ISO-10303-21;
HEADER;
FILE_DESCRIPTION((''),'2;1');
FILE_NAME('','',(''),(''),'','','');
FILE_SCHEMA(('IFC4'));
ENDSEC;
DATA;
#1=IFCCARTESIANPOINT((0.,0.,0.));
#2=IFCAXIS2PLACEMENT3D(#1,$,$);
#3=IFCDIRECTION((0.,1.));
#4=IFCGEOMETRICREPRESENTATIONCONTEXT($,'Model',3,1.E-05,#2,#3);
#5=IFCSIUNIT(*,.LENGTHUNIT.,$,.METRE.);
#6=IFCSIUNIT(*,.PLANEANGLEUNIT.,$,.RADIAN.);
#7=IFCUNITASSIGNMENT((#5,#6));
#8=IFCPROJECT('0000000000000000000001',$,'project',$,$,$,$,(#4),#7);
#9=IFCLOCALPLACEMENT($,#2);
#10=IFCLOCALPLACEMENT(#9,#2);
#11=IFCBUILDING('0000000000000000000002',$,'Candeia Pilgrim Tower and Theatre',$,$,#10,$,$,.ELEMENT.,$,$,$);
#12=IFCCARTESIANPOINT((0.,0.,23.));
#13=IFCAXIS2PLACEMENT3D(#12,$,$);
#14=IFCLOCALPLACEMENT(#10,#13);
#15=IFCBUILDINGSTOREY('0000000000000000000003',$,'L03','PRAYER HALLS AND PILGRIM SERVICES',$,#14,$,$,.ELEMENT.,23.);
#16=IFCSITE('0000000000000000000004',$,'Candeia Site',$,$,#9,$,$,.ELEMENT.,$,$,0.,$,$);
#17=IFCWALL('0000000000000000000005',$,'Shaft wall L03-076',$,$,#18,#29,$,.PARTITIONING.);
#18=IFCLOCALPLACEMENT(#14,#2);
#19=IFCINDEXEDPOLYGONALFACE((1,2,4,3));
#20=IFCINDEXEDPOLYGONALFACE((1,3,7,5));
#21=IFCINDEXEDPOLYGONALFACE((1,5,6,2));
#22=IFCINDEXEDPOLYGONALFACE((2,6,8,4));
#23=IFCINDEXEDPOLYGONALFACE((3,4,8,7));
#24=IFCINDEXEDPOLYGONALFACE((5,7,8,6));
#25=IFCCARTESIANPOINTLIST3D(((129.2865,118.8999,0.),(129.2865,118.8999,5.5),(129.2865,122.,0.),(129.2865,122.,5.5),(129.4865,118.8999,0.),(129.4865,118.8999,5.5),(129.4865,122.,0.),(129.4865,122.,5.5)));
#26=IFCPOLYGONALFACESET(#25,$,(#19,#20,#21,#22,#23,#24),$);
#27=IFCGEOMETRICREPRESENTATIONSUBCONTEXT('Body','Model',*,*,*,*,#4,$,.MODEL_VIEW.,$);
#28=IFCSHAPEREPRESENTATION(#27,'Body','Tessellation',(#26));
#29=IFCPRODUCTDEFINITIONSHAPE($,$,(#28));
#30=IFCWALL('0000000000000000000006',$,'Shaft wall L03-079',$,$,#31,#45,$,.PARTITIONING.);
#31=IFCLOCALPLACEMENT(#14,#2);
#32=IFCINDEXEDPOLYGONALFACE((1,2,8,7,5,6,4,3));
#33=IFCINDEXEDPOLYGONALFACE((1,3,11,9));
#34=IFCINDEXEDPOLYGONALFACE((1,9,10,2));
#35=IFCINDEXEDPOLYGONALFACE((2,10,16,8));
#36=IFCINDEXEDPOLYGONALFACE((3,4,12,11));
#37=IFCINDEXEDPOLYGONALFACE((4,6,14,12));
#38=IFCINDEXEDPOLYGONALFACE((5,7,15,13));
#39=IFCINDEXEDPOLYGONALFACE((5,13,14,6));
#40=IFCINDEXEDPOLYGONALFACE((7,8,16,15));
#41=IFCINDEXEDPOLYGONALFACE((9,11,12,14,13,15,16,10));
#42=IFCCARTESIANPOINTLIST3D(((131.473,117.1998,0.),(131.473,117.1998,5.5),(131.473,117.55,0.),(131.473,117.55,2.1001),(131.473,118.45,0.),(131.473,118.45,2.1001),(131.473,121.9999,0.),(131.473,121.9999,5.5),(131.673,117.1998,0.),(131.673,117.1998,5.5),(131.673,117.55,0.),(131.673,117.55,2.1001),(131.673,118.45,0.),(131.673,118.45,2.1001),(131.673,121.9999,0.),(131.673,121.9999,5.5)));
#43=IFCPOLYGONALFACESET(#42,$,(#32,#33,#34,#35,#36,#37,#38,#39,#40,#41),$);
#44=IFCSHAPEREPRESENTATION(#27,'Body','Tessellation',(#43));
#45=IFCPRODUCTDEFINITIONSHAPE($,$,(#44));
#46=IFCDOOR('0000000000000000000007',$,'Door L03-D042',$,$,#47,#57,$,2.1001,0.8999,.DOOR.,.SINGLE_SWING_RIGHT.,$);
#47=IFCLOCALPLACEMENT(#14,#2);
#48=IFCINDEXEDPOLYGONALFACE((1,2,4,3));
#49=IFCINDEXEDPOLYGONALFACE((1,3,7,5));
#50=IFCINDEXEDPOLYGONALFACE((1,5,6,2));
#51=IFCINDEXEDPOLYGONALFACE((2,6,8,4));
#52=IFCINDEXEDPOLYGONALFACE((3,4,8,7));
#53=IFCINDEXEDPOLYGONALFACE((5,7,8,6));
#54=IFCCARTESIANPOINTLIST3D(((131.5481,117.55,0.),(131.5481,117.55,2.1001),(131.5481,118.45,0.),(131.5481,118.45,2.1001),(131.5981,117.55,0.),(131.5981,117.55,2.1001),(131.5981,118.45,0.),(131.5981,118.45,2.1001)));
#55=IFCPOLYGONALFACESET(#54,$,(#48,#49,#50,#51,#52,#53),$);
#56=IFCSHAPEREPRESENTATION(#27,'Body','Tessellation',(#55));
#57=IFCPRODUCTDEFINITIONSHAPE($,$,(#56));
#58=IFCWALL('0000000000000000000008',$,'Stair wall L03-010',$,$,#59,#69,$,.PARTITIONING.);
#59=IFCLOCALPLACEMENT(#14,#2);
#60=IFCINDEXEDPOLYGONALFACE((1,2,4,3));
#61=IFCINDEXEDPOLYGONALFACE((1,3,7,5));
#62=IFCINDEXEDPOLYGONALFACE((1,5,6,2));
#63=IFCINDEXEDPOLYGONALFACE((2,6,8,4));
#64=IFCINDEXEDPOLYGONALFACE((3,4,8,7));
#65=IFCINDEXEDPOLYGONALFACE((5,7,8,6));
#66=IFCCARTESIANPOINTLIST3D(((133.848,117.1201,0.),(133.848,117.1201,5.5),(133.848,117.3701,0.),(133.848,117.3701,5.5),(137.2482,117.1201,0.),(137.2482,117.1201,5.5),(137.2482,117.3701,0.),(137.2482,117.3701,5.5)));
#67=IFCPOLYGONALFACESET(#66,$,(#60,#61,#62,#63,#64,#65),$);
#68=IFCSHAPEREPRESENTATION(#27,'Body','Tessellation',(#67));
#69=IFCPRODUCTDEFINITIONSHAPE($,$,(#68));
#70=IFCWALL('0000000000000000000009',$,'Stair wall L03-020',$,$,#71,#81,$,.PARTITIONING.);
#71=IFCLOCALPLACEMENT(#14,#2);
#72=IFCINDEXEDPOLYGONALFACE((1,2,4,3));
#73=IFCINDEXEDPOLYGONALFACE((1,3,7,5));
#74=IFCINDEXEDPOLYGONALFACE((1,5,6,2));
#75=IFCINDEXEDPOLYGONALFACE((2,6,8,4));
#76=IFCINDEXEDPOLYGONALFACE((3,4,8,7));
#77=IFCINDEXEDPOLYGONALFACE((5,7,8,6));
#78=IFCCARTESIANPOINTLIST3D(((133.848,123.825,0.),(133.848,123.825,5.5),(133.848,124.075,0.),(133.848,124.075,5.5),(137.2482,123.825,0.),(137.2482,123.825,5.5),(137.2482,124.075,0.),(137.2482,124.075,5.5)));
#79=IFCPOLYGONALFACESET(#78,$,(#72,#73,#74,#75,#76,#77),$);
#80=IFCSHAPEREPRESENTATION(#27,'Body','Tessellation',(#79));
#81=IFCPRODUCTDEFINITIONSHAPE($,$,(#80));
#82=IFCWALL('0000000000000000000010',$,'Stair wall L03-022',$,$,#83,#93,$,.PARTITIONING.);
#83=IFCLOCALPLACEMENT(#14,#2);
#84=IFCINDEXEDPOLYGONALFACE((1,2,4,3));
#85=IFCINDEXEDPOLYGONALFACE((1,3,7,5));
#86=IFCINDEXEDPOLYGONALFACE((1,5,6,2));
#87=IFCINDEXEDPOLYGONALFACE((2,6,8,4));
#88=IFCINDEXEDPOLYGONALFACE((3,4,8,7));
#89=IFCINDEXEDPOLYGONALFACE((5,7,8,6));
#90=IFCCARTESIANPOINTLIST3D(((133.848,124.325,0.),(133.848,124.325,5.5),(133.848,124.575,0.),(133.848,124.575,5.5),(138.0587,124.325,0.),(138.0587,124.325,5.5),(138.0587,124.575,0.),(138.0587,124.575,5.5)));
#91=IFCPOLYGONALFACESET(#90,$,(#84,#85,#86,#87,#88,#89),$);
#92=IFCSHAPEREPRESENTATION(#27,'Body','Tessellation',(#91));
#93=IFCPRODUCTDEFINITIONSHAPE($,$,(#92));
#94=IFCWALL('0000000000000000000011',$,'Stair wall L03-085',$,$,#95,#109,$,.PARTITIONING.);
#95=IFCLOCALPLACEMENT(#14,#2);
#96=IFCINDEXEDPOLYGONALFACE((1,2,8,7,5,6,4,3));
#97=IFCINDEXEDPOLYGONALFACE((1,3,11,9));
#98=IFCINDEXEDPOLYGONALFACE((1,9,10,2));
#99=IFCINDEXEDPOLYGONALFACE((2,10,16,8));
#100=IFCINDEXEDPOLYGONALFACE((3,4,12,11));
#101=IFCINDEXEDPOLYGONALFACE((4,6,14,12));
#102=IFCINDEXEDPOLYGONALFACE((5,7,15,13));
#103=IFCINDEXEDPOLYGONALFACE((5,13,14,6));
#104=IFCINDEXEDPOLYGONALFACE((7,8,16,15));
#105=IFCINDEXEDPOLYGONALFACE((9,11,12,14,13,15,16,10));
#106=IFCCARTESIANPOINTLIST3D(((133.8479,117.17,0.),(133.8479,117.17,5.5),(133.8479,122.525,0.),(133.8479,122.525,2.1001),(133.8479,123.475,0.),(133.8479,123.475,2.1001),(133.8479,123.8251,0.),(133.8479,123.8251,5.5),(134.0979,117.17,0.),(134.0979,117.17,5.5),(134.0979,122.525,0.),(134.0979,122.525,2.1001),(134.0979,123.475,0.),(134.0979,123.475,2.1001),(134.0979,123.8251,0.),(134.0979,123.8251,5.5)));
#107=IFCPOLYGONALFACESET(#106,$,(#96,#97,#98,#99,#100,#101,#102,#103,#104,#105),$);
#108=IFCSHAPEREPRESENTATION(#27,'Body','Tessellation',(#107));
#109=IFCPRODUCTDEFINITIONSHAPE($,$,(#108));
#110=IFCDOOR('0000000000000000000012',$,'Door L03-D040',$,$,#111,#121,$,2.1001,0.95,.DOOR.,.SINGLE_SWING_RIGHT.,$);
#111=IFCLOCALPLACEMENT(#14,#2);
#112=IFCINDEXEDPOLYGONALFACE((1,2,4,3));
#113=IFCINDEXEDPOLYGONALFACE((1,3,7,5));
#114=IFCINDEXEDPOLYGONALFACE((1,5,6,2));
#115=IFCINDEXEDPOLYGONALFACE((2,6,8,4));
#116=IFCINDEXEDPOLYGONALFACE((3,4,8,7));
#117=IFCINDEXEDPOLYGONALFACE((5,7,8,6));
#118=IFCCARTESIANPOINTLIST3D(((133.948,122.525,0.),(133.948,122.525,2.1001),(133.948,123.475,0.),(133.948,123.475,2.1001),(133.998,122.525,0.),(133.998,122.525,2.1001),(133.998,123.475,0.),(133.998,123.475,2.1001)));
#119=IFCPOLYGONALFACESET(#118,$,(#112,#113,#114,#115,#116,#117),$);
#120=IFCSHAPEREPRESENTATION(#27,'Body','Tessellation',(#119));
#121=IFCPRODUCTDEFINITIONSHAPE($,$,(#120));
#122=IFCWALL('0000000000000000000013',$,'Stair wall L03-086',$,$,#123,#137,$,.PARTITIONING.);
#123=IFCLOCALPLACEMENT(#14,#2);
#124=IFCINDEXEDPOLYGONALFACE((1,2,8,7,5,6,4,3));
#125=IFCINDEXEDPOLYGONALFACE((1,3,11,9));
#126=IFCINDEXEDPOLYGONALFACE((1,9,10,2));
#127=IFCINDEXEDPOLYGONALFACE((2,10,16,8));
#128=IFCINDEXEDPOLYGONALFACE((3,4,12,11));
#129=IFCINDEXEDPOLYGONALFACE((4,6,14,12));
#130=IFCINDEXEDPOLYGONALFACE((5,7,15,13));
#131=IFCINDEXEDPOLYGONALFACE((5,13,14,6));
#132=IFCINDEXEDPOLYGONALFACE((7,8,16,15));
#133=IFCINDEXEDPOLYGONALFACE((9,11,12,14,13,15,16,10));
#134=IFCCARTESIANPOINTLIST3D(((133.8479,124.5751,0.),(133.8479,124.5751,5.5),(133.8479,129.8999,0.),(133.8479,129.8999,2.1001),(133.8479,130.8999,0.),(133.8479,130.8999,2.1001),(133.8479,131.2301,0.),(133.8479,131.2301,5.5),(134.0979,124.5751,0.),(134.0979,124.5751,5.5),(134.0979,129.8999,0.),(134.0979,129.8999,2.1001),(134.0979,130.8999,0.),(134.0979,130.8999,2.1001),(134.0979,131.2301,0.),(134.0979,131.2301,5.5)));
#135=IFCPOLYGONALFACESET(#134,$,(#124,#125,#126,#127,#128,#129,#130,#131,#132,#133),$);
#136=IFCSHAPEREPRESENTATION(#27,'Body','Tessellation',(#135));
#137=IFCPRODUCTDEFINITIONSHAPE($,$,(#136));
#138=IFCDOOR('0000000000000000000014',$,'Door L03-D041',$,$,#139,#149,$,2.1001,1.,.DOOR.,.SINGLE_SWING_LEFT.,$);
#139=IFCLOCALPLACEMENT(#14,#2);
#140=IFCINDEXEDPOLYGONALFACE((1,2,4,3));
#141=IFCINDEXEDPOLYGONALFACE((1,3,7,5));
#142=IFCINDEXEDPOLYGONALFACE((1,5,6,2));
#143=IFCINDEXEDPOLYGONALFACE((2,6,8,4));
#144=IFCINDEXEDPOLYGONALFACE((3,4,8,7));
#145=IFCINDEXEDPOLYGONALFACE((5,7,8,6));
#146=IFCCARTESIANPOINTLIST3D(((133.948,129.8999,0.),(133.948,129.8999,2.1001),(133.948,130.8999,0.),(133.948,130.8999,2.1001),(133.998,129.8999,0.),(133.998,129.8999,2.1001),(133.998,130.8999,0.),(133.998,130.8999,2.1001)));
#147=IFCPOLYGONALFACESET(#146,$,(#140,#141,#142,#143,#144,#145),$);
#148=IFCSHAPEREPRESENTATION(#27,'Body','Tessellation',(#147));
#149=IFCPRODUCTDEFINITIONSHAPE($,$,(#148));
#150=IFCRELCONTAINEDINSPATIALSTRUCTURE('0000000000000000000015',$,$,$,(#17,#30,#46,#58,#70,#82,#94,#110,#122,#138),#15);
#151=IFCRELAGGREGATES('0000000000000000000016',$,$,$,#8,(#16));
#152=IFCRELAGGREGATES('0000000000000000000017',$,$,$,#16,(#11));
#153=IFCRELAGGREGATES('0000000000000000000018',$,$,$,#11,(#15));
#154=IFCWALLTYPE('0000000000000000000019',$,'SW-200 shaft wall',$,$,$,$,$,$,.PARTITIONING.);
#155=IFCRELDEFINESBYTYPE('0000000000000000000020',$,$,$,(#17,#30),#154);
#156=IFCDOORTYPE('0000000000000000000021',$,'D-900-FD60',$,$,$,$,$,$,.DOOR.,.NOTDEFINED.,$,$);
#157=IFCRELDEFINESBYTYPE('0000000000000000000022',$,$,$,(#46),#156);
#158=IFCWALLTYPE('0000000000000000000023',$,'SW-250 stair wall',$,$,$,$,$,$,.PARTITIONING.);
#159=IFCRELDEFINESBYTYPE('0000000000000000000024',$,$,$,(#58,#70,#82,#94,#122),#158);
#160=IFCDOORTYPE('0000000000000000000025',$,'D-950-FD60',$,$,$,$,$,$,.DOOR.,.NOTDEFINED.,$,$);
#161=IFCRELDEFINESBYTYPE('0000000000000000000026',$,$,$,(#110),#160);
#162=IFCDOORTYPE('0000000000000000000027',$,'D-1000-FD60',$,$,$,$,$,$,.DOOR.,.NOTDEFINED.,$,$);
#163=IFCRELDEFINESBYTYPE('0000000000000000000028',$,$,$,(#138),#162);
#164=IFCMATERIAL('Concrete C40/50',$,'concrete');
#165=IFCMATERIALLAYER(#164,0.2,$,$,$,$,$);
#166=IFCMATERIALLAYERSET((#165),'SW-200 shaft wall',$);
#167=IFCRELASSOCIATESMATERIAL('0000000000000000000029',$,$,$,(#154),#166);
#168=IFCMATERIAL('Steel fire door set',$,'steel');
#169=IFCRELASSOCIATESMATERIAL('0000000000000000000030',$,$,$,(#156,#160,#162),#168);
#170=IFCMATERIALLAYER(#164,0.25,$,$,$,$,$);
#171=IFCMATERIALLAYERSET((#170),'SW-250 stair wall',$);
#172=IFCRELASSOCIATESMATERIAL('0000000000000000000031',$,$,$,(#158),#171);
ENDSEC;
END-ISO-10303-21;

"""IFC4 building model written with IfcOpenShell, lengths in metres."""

from ifc_helpers import new_model, si_unit, direction, frame, frame_2d, origin, place, context, subcontext, project, spatial, rectangle, extrude, material, layer, layer_set, type_object, element, fill, save


model = new_model("IFC4")

# Units and contexts
model_context = context("Model", 3, precision=1e-05, world=origin(), true_north=direction((0.0, 1.0)))
body_context = subcontext(model_context, "Body", "Model", "MODEL_VIEW")
ifc_project = project(units=[si_unit("LENGTHUNIT", "METRE"), si_unit("PLANEANGLEUNIT", "RADIAN")], contexts=[model_context])

# Site, building, storey
site_placement = place(None, origin())
site = spatial("IfcSite", under=ifc_project, at=site_placement, Name="Candeia Site", CompositionType="ELEMENT", RefElevation=0.0)
building_placement = place(site_placement, origin())
building = spatial("IfcBuilding", under=site, at=building_placement, Name="Candeia Pilgrim Tower and Theatre", CompositionType="ELEMENT")
storey_placement = place(building_placement, frame((0.0, 0.0, 23.0)))
storey = spatial("IfcBuildingStorey", under=building, at=storey_placement, Name="L03", Description="PRAYER HALLS AND PILGRIM SERVICES", CompositionType="ELEMENT", Elevation=23.0)

# Shared definitions
ifc_material_1 = material(Name="Steel fire door set", Category="steel")

# Shared definitions
ifc_material_2 = material(Name="Concrete C40/50", Category="concrete")
ifc_layer_1 = layer(ifc_material_2, 0.2)
ifc_layer_set_1 = layer_set([ifc_layer_1], Name="SW-200 shaft wall")
wall_type_1 = type_object("IfcWallType", Name="SW-200 shaft wall", PredefinedType="PARTITIONING", material=ifc_layer_set_1)

# Shared definitions
door_type_1 = type_object("IfcDoorType", Name="D-900-FD60", OperationType="NOTDEFINED", PredefinedType="DOOR", material=ifc_material_1)

# Wall
wall_1_placement = place(storey_placement, frame((129.3865, 118.8999, 0.0), z_axis=(0.0, 0.0, 1.0), x_axis=(0.0, 1.0, 0.0)))
element("IfcWall", 1, at=wall_1_placement, inside=storey, type_object=wall_type_1, Name="Shaft wall L03-076", PredefinedType="PARTITIONING", context=body_context, shape_type="SweptSolid", body=[
    extrude(rectangle(XDim=3.1001, YDim=0.2, at=frame_2d((1.55, 0.0))), origin(), (0.0, 0.0, 1.0), 5.5),
])

# Wall, opening, door
wall_2_placement = place(storey_placement, frame((131.573, 117.2, 0.0), z_axis=(0.0, 0.0, 1.0), x_axis=(0.0, 1.0, 0.0)))
wall_2 = element("IfcWall", 2, at=wall_2_placement, inside=storey, type_object=wall_type_1, Name="Shaft wall L03-079", PredefinedType="PARTITIONING", context=body_context, shape_type="SweptSolid", body=[
    extrude(rectangle(XDim=4.8, YDim=0.2, at=frame_2d((2.3999, 0.0))), origin(), (0.0, 0.0, 1.0), 5.5),
])
opening_1_placement = place(wall_2_placement, frame((0.3501, 0.0, 0.0)))
opening_1 = element("IfcOpeningElement", 3, at=opening_1_placement, cuts=wall_2, PredefinedType="OPENING", context=body_context, shape_type="SweptSolid", body=[
    extrude(rectangle(XDim=0.8999, YDim=2.1001, at=frame_2d((0.45, 1.05))), frame((0.0, 0.1099, 0.0), z_axis=(0.0, -1.0, 0.0), x_axis=(1.0, 0.0, 0.0)), (0.0, 0.0, 1.0), 0.22),
])
door_1_placement = place(opening_1_placement, origin())
door_1 = element("IfcDoor", 4, at=door_1_placement, inside=storey, type_object=door_type_1, Name="Door L03-D042", OperationType="SINGLE_SWING_RIGHT", OverallHeight=2.1001, OverallWidth=0.8999, PredefinedType="DOOR", context=body_context, shape_type="SweptSolid", body=[
    extrude(rectangle(XDim=0.8999, YDim=2.1001, at=frame_2d((0.45, 1.05))), frame((0.0, 0.0249, 0.0), z_axis=(0.0, -1.0, 0.0), x_axis=(1.0, 0.0, 0.0)), (0.0, 0.0, 1.0), 0.05),
])
fill(opening_1, door_1)

# Walls
ifc_layer_2 = layer(ifc_material_2, 0.25)
ifc_layer_set_2 = layer_set([ifc_layer_2], Name="SW-250 stair wall")
wall_type_2 = type_object("IfcWallType", Name="SW-250 stair wall", PredefinedType="PARTITIONING", material=ifc_layer_set_2)
for number, where, z_axis, x_axis, name in (
    (5, (133.8479, 117.2451, 0.0), (0.0, 0.0, 1.0), (1.0, 0.0, 0.0), "Stair wall L03-010"),
    (6, (133.8479, 123.95, 0.0), (0.0, 0.0, 1.0), (1.0, 0.0, 0.0), "Stair wall L03-020"),
):
    element("IfcWall", number, at=place(storey_placement, frame(where, z_axis=z_axis, x_axis=x_axis)), inside=storey, type_object=wall_type_2, Name=name, PredefinedType="PARTITIONING", context=body_context, shape_type="SweptSolid", body=[
        extrude(rectangle(XDim=3.4001, YDim=0.25, at=frame_2d((1.7002, 0.0))), origin(), (0.0, 0.0, 1.0), 5.5),
    ])
wall_3_placement = place(storey_placement, frame((133.8479, 124.45, 0.0), z_axis=(0.0, 0.0, 1.0), x_axis=(1.0, 0.0, 0.0)))
element("IfcWall", 7, at=wall_3_placement, inside=storey, type_object=wall_type_2, Name="Stair wall L03-022", PredefinedType="PARTITIONING", context=body_context, shape_type="SweptSolid", body=[
    extrude(rectangle(XDim=4.2107, YDim=0.25, at=frame_2d((2.1055, 0.0))), origin(), (0.0, 0.0, 1.0), 5.5),
])

# Walls, openings, doors
wall_4_placement = place(storey_placement, frame((133.9729, 117.1699, 0.0), z_axis=(0.0, 0.0, 1.0), x_axis=(0.0, 1.0, 0.0)))
wall_4 = element("IfcWall", 8, at=wall_4_placement, inside=storey, type_object=wall_type_2, Name="Stair wall L03-085", PredefinedType="PARTITIONING", context=body_context, shape_type="SweptSolid", body=[
    extrude(rectangle(XDim=6.655, YDim=0.25, at=frame_2d((3.3276, 0.0))), origin(), (0.0, 0.0, 1.0), 5.5),
])
opening_2_placement = place(wall_4_placement, frame((5.355, 0.0, 0.0)))
opening_2 = element("IfcOpeningElement", 9, at=opening_2_placement, cuts=wall_4, PredefinedType="OPENING", context=body_context, shape_type="SweptSolid", body=[
    extrude(rectangle(XDim=0.95, YDim=2.1001, at=frame_2d((0.4751, 1.05))), frame((0.0, 0.135, 0.0), z_axis=(0.0, -1.0, 0.0), x_axis=(1.0, 0.0, 0.0)), (0.0, 0.0, 1.0), 0.27),
])
door_type_2 = type_object("IfcDoorType", Name="D-950-FD60", OperationType="NOTDEFINED", PredefinedType="DOOR", material=ifc_material_1)
door_2_placement = place(opening_2_placement, origin())
door_2 = element("IfcDoor", 10, at=door_2_placement, inside=storey, type_object=door_type_2, Name="Door L03-D040", OperationType="SINGLE_SWING_RIGHT", OverallHeight=2.1001, OverallWidth=0.95, PredefinedType="DOOR", context=body_context, shape_type="SweptSolid", body=[
    extrude(rectangle(XDim=0.95, YDim=2.1001, at=frame_2d((0.4751, 1.05))), frame((0.0, 0.0249, 0.0), z_axis=(0.0, -1.0, 0.0), x_axis=(1.0, 0.0, 0.0)), (0.0, 0.0, 1.0), 0.05),
])
fill(opening_2, door_2)
wall_5_placement = place(storey_placement, frame((133.9729, 124.575, 0.0), z_axis=(0.0, 0.0, 1.0), x_axis=(0.0, 1.0, 0.0)))
wall_5 = element("IfcWall", 11, at=wall_5_placement, inside=storey, type_object=wall_type_2, Name="Stair wall L03-086", PredefinedType="PARTITIONING", context=body_context, shape_type="SweptSolid", body=[
    extrude(rectangle(XDim=6.655, YDim=0.25, at=frame_2d((3.3276, 0.0))), origin(), (0.0, 0.0, 1.0), 5.5),
])
opening_3_placement = place(wall_5_placement, frame((5.325, 0.0, 0.0)))
opening_3 = element("IfcOpeningElement", 12, at=opening_3_placement, cuts=wall_5, PredefinedType="OPENING", context=body_context, shape_type="SweptSolid", body=[
    extrude(rectangle(XDim=1.0, YDim=2.1001, at=frame_2d((0.5, 1.05))), frame((0.0, 0.135, 0.0), z_axis=(0.0, -1.0, 0.0), x_axis=(1.0, 0.0, 0.0)), (0.0, 0.0, 1.0), 0.27),
])
door_type_3 = type_object("IfcDoorType", Name="D-1000-FD60", OperationType="NOTDEFINED", PredefinedType="DOOR", material=ifc_material_1)
door_3_placement = place(opening_3_placement, origin())
door_3 = element("IfcDoor", 13, at=door_3_placement, inside=storey, type_object=door_type_3, Name="Door L03-D041", OperationType="SINGLE_SWING_LEFT", OverallHeight=2.1001, OverallWidth=1.0, PredefinedType="DOOR", context=body_context, shape_type="SweptSolid", body=[
    extrude(rectangle(XDim=1.0, YDim=2.1001, at=frame_2d((0.5, 1.05))), frame((0.0, 0.0249, 0.0), z_axis=(0.0, -1.0, 0.0), x_axis=(1.0, 0.0, 0.0)), (0.0, 0.0, 1.0), 0.05),
])
fill(opening_3, door_3)

save(model, "model.ifc")
